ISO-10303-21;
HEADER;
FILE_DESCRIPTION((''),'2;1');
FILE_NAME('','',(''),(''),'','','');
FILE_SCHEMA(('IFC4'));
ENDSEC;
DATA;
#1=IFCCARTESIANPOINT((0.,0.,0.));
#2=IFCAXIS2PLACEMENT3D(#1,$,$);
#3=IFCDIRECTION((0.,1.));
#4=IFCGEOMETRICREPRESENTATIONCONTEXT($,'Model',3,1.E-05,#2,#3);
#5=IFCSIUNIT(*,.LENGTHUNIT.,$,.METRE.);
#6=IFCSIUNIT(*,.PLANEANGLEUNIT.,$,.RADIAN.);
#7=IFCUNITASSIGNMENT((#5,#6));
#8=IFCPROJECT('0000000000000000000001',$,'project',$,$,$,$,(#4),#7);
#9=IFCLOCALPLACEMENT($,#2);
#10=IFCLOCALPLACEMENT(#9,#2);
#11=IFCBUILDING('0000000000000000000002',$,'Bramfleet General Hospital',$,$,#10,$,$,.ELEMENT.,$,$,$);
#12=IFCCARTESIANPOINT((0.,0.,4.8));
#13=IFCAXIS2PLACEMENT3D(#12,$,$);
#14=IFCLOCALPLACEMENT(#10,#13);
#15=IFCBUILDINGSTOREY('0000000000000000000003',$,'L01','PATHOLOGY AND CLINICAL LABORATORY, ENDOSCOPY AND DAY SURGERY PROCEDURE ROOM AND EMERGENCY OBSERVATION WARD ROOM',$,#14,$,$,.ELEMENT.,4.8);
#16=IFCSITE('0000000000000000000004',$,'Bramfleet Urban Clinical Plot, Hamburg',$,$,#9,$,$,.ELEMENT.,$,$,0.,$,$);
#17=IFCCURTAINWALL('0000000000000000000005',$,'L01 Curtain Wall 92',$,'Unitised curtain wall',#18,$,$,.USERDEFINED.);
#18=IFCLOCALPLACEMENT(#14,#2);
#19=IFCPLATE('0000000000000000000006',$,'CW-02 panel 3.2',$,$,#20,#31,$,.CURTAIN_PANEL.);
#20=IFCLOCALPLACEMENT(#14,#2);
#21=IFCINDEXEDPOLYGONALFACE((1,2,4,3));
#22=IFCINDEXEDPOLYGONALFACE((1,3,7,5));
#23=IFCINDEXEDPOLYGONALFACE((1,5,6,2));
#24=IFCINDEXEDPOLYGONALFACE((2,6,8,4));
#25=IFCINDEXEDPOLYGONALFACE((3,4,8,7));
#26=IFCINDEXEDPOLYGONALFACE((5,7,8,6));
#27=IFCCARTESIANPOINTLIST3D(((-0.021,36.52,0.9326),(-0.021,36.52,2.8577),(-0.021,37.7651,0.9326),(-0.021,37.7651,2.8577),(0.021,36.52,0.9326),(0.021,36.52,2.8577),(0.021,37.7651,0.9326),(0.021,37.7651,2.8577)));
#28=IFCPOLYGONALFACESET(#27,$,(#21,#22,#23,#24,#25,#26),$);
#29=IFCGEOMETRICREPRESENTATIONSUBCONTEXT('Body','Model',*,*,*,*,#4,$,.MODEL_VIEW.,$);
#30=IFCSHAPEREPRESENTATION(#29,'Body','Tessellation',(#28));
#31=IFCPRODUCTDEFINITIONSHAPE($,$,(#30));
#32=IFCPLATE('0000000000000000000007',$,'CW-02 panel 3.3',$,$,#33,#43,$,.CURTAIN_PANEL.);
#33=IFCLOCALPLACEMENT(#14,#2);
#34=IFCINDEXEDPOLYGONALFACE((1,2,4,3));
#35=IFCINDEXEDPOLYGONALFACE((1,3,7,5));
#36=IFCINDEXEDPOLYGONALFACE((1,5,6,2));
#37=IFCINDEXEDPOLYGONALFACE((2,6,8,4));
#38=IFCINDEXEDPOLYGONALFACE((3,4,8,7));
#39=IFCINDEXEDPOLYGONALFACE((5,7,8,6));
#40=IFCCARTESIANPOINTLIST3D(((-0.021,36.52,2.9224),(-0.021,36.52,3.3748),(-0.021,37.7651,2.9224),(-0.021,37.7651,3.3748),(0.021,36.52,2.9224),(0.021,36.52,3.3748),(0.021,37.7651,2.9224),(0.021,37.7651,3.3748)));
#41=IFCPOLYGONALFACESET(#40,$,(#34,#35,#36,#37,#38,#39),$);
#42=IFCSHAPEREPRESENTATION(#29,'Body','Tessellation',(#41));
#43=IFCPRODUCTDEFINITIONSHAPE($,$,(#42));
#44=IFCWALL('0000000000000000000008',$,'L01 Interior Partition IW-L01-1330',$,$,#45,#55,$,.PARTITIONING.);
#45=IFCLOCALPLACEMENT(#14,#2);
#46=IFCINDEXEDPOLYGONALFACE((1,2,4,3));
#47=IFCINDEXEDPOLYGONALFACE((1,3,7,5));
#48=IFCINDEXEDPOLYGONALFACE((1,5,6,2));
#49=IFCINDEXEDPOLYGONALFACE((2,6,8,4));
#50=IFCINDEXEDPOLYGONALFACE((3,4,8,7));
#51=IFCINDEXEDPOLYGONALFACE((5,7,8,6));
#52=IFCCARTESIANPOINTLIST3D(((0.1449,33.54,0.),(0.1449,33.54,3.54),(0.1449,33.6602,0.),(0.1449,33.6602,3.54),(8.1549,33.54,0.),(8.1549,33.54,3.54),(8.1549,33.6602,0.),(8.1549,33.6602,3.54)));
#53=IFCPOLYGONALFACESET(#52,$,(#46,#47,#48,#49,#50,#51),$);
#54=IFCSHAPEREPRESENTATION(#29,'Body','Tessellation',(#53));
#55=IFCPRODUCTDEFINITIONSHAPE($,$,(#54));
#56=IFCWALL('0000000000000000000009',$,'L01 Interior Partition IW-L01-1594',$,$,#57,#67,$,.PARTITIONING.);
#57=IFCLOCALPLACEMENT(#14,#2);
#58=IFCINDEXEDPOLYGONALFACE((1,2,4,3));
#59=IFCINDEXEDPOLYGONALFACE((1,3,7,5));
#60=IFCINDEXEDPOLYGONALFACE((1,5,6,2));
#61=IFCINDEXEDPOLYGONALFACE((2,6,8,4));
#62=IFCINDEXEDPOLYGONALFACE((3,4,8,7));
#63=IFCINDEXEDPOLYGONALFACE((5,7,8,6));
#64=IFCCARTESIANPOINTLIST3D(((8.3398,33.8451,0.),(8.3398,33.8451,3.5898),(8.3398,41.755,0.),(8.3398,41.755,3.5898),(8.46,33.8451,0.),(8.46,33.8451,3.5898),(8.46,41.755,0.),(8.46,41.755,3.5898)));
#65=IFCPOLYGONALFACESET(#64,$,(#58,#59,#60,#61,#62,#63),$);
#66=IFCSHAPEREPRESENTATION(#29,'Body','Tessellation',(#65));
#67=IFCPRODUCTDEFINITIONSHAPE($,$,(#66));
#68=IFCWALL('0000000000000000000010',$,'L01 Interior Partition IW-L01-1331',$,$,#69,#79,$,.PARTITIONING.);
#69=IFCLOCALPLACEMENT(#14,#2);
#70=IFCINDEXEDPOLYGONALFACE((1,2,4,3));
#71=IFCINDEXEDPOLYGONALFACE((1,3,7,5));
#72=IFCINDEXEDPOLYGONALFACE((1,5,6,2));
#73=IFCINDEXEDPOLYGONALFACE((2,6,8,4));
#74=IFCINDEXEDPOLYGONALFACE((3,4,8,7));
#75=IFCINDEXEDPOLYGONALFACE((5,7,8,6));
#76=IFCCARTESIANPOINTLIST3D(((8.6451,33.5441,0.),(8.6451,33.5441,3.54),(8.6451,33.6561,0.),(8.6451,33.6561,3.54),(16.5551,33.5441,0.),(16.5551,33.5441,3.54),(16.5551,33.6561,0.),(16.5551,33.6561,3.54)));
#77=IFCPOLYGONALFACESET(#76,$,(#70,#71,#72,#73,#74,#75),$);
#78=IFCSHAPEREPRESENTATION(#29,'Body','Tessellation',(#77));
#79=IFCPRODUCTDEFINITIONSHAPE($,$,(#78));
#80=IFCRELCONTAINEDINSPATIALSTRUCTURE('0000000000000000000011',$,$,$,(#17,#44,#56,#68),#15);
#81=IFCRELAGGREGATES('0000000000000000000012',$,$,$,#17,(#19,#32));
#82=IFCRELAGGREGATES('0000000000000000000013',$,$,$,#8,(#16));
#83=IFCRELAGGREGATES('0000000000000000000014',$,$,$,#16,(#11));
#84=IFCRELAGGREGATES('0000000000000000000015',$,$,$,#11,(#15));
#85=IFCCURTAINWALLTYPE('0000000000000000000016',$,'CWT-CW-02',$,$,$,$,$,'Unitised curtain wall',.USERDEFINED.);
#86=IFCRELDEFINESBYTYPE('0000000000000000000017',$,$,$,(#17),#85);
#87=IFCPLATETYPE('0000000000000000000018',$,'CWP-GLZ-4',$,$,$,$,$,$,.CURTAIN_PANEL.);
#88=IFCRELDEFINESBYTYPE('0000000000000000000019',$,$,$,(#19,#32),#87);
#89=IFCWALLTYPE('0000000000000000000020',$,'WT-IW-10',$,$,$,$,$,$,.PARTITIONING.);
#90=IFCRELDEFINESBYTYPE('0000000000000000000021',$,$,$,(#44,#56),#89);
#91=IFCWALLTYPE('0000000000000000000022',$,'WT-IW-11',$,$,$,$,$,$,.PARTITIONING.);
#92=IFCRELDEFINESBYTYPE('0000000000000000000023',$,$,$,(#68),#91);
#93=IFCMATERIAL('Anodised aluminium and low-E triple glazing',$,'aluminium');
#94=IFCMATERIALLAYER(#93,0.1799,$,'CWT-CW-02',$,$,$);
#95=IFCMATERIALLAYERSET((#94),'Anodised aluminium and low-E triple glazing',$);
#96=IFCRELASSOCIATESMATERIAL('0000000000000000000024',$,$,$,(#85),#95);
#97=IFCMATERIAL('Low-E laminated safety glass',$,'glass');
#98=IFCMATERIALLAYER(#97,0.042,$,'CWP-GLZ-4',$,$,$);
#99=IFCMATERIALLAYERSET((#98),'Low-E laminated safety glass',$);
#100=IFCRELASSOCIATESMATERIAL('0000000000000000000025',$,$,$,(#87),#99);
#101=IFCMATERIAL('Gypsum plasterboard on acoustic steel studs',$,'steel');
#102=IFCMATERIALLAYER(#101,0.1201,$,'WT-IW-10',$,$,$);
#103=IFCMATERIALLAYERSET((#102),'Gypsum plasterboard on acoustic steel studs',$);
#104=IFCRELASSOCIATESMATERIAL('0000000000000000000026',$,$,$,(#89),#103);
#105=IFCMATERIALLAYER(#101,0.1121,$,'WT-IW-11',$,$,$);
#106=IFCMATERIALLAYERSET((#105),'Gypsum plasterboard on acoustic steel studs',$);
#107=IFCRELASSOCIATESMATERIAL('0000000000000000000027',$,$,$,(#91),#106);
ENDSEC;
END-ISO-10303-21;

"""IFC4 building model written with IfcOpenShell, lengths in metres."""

from ifc_helpers import new_model, si_unit, direction, frame, frame_2d, origin, origin_2d, place, context, subcontext, project, spatial, rectangle, extrude, material, layer, layer_set, type_object, element, aggregate, save


model = new_model("IFC4")

# Units and contexts
model_context = context("Model", 3, precision=1e-05, world=origin(), true_north=direction((0.0, 1.0)))
body_context = subcontext(model_context, "Body", "Model", "MODEL_VIEW")
ifc_project = project(units=[si_unit("LENGTHUNIT", "METRE"), si_unit("PLANEANGLEUNIT", "RADIAN")], contexts=[model_context])

# Site, building, storey
site_placement = place(None, origin())
site = spatial("IfcSite", under=ifc_project, at=site_placement, Name="Bramfleet Urban Clinical Plot, Hamburg", CompositionType="ELEMENT", RefElevation=0.0)
building_placement = place(site_placement, origin())
building = spatial("IfcBuilding", under=site, at=building_placement, Name="Bramfleet General Hospital", CompositionType="ELEMENT")
storey_placement = place(building_placement, frame((0.0, 0.0, 4.8)))
storey = spatial("IfcBuildingStorey", under=building, at=storey_placement, Name="L01", Description="PATHOLOGY AND CLINICAL LABORATORY, ENDOSCOPY AND DAY SURGERY PROCEDURE ROOM AND EMERGENCY OBSERVATION WARD ROOM", CompositionType="ELEMENT", Elevation=4.8)

# Curtain wall, plates
ifc_material_1 = material(Name="Anodised aluminium and low-E triple glazing", Category="aluminium")
ifc_layer_1 = layer(ifc_material_1, 0.1799, Name="CWT-CW-02")
ifc_layer_set_1 = layer_set([ifc_layer_1], Name="Anodised aluminium and low-E triple glazing")
curtain_wall_type = type_object("IfcCurtainWallType", Name="CWT-CW-02", ElementType="Unitised curtain wall", PredefinedType="USERDEFINED", material=ifc_layer_set_1)
curtain_wall_placement = place(storey_placement, origin())
curtain_wall = element("IfcCurtainWall", 1, at=curtain_wall_placement, inside=storey, type_object=curtain_wall_type, Name="L01 Curtain Wall 92", ObjectType="Unitised curtain wall", PredefinedType="USERDEFINED")
ifc_material_2 = material(Name="Low-E laminated safety glass", Category="glass")
ifc_layer_2 = layer(ifc_material_2, 0.042, Name="CWP-GLZ-4")
ifc_layer_set_2 = layer_set([ifc_layer_2], Name="Low-E laminated safety glass")
plate_type = type_object("IfcPlateType", Name="CWP-GLZ-4", PredefinedType="CURTAIN_PANEL", material=ifc_layer_set_2)
plate_1_placement = place(storey_placement, frame((0.0, 37.1426, 0.9326), z_axis=(0.0, 0.0, 1.0), x_axis=(0.0, 1.0, 0.0)))
plate_1 = element("IfcPlate", 2, at=plate_1_placement, type_object=plate_type, Name="CW-02 panel 3.2", PredefinedType="CURTAIN_PANEL", context=body_context, shape_type="SweptSolid", body=[
    extrude(rectangle(XDim=1.2451, YDim=0.042, at=origin_2d()), origin(), (0.0, 0.0, 1.0), 1.925),
])
plate_2_placement = place(storey_placement, frame((0.0, 37.1426, 2.9224), z_axis=(0.0, 0.0, 1.0), x_axis=(0.0, 1.0, 0.0)))
plate_2 = element("IfcPlate", 3, at=plate_2_placement, type_object=plate_type, Name="CW-02 panel 3.3", PredefinedType="CURTAIN_PANEL", context=body_context, shape_type="SweptSolid", body=[
    extrude(rectangle(XDim=1.2451, YDim=0.042, at=origin_2d()), origin(), (0.0, 0.0, 1.0), 0.4524),
])
aggregate(curtain_wall, [plate_1, plate_2])

# Walls
ifc_material_3 = material(Name="Gypsum plasterboard on acoustic steel studs", Category="steel")
ifc_layer_3 = layer(ifc_material_3, 0.1201, Name="WT-IW-10")
ifc_layer_set_3 = layer_set([ifc_layer_3], Name="Gypsum plasterboard on acoustic steel studs")
wall_type_1 = type_object("IfcWallType", Name="WT-IW-10", PredefinedType="PARTITIONING", material=ifc_layer_set_3)
wall_1_placement = place(storey_placement, frame((0.145, 33.6001, 0.0), z_axis=(0.0, 0.0, 1.0), x_axis=(1.0, 0.0, 0.0)))
element("IfcWall", 4, at=wall_1_placement, inside=storey, type_object=wall_type_1, Name="L01 Interior Partition IW-L01-1330", PredefinedType="PARTITIONING", context=body_context, shape_type="SweptSolid", body=[
    extrude(rectangle(XDim=8.01, YDim=0.1201, at=frame_2d((4.0049, 0.0))), origin(), (0.0, 0.0, 1.0), 3.54),
])
wall_2_placement = place(storey_placement, frame((8.3999, 33.845, 0.0), z_axis=(0.0, 0.0, 1.0), x_axis=(0.0, 1.0, 0.0)))
element("IfcWall", 5, at=wall_2_placement, inside=storey, type_object=wall_type_1, Name="L01 Interior Partition IW-L01-1594", PredefinedType="PARTITIONING", context=body_context, shape_type="SweptSolid", body=[
    extrude(rectangle(XDim=7.9099, YDim=0.1201, at=frame_2d((3.9551, 0.0))), origin(), (0.0, 0.0, 1.0), 3.5898),
])
ifc_layer_4 = layer(ifc_material_3, 0.1121, Name="WT-IW-11")
ifc_layer_set_4 = layer_set([ifc_layer_4], Name="Gypsum plasterboard on acoustic steel studs")
wall_type_2 = type_object("IfcWallType", Name="WT-IW-11", PredefinedType="PARTITIONING", material=ifc_layer_set_4)
wall_3_placement = place(storey_placement, frame((8.645, 33.6001, 0.0), z_axis=(0.0, 0.0, 1.0), x_axis=(1.0, 0.0, 0.0)))
element("IfcWall", 6, at=wall_3_placement, inside=storey, type_object=wall_type_2, Name="L01 Interior Partition IW-L01-1331", PredefinedType="PARTITIONING", context=body_context, shape_type="SweptSolid", body=[
    extrude(rectangle(XDim=7.9099, YDim=0.1121, at=frame_2d((3.9551, 0.0))), origin(), (0.0, 0.0, 1.0), 3.54),
])

save(model, "model.ifc")
